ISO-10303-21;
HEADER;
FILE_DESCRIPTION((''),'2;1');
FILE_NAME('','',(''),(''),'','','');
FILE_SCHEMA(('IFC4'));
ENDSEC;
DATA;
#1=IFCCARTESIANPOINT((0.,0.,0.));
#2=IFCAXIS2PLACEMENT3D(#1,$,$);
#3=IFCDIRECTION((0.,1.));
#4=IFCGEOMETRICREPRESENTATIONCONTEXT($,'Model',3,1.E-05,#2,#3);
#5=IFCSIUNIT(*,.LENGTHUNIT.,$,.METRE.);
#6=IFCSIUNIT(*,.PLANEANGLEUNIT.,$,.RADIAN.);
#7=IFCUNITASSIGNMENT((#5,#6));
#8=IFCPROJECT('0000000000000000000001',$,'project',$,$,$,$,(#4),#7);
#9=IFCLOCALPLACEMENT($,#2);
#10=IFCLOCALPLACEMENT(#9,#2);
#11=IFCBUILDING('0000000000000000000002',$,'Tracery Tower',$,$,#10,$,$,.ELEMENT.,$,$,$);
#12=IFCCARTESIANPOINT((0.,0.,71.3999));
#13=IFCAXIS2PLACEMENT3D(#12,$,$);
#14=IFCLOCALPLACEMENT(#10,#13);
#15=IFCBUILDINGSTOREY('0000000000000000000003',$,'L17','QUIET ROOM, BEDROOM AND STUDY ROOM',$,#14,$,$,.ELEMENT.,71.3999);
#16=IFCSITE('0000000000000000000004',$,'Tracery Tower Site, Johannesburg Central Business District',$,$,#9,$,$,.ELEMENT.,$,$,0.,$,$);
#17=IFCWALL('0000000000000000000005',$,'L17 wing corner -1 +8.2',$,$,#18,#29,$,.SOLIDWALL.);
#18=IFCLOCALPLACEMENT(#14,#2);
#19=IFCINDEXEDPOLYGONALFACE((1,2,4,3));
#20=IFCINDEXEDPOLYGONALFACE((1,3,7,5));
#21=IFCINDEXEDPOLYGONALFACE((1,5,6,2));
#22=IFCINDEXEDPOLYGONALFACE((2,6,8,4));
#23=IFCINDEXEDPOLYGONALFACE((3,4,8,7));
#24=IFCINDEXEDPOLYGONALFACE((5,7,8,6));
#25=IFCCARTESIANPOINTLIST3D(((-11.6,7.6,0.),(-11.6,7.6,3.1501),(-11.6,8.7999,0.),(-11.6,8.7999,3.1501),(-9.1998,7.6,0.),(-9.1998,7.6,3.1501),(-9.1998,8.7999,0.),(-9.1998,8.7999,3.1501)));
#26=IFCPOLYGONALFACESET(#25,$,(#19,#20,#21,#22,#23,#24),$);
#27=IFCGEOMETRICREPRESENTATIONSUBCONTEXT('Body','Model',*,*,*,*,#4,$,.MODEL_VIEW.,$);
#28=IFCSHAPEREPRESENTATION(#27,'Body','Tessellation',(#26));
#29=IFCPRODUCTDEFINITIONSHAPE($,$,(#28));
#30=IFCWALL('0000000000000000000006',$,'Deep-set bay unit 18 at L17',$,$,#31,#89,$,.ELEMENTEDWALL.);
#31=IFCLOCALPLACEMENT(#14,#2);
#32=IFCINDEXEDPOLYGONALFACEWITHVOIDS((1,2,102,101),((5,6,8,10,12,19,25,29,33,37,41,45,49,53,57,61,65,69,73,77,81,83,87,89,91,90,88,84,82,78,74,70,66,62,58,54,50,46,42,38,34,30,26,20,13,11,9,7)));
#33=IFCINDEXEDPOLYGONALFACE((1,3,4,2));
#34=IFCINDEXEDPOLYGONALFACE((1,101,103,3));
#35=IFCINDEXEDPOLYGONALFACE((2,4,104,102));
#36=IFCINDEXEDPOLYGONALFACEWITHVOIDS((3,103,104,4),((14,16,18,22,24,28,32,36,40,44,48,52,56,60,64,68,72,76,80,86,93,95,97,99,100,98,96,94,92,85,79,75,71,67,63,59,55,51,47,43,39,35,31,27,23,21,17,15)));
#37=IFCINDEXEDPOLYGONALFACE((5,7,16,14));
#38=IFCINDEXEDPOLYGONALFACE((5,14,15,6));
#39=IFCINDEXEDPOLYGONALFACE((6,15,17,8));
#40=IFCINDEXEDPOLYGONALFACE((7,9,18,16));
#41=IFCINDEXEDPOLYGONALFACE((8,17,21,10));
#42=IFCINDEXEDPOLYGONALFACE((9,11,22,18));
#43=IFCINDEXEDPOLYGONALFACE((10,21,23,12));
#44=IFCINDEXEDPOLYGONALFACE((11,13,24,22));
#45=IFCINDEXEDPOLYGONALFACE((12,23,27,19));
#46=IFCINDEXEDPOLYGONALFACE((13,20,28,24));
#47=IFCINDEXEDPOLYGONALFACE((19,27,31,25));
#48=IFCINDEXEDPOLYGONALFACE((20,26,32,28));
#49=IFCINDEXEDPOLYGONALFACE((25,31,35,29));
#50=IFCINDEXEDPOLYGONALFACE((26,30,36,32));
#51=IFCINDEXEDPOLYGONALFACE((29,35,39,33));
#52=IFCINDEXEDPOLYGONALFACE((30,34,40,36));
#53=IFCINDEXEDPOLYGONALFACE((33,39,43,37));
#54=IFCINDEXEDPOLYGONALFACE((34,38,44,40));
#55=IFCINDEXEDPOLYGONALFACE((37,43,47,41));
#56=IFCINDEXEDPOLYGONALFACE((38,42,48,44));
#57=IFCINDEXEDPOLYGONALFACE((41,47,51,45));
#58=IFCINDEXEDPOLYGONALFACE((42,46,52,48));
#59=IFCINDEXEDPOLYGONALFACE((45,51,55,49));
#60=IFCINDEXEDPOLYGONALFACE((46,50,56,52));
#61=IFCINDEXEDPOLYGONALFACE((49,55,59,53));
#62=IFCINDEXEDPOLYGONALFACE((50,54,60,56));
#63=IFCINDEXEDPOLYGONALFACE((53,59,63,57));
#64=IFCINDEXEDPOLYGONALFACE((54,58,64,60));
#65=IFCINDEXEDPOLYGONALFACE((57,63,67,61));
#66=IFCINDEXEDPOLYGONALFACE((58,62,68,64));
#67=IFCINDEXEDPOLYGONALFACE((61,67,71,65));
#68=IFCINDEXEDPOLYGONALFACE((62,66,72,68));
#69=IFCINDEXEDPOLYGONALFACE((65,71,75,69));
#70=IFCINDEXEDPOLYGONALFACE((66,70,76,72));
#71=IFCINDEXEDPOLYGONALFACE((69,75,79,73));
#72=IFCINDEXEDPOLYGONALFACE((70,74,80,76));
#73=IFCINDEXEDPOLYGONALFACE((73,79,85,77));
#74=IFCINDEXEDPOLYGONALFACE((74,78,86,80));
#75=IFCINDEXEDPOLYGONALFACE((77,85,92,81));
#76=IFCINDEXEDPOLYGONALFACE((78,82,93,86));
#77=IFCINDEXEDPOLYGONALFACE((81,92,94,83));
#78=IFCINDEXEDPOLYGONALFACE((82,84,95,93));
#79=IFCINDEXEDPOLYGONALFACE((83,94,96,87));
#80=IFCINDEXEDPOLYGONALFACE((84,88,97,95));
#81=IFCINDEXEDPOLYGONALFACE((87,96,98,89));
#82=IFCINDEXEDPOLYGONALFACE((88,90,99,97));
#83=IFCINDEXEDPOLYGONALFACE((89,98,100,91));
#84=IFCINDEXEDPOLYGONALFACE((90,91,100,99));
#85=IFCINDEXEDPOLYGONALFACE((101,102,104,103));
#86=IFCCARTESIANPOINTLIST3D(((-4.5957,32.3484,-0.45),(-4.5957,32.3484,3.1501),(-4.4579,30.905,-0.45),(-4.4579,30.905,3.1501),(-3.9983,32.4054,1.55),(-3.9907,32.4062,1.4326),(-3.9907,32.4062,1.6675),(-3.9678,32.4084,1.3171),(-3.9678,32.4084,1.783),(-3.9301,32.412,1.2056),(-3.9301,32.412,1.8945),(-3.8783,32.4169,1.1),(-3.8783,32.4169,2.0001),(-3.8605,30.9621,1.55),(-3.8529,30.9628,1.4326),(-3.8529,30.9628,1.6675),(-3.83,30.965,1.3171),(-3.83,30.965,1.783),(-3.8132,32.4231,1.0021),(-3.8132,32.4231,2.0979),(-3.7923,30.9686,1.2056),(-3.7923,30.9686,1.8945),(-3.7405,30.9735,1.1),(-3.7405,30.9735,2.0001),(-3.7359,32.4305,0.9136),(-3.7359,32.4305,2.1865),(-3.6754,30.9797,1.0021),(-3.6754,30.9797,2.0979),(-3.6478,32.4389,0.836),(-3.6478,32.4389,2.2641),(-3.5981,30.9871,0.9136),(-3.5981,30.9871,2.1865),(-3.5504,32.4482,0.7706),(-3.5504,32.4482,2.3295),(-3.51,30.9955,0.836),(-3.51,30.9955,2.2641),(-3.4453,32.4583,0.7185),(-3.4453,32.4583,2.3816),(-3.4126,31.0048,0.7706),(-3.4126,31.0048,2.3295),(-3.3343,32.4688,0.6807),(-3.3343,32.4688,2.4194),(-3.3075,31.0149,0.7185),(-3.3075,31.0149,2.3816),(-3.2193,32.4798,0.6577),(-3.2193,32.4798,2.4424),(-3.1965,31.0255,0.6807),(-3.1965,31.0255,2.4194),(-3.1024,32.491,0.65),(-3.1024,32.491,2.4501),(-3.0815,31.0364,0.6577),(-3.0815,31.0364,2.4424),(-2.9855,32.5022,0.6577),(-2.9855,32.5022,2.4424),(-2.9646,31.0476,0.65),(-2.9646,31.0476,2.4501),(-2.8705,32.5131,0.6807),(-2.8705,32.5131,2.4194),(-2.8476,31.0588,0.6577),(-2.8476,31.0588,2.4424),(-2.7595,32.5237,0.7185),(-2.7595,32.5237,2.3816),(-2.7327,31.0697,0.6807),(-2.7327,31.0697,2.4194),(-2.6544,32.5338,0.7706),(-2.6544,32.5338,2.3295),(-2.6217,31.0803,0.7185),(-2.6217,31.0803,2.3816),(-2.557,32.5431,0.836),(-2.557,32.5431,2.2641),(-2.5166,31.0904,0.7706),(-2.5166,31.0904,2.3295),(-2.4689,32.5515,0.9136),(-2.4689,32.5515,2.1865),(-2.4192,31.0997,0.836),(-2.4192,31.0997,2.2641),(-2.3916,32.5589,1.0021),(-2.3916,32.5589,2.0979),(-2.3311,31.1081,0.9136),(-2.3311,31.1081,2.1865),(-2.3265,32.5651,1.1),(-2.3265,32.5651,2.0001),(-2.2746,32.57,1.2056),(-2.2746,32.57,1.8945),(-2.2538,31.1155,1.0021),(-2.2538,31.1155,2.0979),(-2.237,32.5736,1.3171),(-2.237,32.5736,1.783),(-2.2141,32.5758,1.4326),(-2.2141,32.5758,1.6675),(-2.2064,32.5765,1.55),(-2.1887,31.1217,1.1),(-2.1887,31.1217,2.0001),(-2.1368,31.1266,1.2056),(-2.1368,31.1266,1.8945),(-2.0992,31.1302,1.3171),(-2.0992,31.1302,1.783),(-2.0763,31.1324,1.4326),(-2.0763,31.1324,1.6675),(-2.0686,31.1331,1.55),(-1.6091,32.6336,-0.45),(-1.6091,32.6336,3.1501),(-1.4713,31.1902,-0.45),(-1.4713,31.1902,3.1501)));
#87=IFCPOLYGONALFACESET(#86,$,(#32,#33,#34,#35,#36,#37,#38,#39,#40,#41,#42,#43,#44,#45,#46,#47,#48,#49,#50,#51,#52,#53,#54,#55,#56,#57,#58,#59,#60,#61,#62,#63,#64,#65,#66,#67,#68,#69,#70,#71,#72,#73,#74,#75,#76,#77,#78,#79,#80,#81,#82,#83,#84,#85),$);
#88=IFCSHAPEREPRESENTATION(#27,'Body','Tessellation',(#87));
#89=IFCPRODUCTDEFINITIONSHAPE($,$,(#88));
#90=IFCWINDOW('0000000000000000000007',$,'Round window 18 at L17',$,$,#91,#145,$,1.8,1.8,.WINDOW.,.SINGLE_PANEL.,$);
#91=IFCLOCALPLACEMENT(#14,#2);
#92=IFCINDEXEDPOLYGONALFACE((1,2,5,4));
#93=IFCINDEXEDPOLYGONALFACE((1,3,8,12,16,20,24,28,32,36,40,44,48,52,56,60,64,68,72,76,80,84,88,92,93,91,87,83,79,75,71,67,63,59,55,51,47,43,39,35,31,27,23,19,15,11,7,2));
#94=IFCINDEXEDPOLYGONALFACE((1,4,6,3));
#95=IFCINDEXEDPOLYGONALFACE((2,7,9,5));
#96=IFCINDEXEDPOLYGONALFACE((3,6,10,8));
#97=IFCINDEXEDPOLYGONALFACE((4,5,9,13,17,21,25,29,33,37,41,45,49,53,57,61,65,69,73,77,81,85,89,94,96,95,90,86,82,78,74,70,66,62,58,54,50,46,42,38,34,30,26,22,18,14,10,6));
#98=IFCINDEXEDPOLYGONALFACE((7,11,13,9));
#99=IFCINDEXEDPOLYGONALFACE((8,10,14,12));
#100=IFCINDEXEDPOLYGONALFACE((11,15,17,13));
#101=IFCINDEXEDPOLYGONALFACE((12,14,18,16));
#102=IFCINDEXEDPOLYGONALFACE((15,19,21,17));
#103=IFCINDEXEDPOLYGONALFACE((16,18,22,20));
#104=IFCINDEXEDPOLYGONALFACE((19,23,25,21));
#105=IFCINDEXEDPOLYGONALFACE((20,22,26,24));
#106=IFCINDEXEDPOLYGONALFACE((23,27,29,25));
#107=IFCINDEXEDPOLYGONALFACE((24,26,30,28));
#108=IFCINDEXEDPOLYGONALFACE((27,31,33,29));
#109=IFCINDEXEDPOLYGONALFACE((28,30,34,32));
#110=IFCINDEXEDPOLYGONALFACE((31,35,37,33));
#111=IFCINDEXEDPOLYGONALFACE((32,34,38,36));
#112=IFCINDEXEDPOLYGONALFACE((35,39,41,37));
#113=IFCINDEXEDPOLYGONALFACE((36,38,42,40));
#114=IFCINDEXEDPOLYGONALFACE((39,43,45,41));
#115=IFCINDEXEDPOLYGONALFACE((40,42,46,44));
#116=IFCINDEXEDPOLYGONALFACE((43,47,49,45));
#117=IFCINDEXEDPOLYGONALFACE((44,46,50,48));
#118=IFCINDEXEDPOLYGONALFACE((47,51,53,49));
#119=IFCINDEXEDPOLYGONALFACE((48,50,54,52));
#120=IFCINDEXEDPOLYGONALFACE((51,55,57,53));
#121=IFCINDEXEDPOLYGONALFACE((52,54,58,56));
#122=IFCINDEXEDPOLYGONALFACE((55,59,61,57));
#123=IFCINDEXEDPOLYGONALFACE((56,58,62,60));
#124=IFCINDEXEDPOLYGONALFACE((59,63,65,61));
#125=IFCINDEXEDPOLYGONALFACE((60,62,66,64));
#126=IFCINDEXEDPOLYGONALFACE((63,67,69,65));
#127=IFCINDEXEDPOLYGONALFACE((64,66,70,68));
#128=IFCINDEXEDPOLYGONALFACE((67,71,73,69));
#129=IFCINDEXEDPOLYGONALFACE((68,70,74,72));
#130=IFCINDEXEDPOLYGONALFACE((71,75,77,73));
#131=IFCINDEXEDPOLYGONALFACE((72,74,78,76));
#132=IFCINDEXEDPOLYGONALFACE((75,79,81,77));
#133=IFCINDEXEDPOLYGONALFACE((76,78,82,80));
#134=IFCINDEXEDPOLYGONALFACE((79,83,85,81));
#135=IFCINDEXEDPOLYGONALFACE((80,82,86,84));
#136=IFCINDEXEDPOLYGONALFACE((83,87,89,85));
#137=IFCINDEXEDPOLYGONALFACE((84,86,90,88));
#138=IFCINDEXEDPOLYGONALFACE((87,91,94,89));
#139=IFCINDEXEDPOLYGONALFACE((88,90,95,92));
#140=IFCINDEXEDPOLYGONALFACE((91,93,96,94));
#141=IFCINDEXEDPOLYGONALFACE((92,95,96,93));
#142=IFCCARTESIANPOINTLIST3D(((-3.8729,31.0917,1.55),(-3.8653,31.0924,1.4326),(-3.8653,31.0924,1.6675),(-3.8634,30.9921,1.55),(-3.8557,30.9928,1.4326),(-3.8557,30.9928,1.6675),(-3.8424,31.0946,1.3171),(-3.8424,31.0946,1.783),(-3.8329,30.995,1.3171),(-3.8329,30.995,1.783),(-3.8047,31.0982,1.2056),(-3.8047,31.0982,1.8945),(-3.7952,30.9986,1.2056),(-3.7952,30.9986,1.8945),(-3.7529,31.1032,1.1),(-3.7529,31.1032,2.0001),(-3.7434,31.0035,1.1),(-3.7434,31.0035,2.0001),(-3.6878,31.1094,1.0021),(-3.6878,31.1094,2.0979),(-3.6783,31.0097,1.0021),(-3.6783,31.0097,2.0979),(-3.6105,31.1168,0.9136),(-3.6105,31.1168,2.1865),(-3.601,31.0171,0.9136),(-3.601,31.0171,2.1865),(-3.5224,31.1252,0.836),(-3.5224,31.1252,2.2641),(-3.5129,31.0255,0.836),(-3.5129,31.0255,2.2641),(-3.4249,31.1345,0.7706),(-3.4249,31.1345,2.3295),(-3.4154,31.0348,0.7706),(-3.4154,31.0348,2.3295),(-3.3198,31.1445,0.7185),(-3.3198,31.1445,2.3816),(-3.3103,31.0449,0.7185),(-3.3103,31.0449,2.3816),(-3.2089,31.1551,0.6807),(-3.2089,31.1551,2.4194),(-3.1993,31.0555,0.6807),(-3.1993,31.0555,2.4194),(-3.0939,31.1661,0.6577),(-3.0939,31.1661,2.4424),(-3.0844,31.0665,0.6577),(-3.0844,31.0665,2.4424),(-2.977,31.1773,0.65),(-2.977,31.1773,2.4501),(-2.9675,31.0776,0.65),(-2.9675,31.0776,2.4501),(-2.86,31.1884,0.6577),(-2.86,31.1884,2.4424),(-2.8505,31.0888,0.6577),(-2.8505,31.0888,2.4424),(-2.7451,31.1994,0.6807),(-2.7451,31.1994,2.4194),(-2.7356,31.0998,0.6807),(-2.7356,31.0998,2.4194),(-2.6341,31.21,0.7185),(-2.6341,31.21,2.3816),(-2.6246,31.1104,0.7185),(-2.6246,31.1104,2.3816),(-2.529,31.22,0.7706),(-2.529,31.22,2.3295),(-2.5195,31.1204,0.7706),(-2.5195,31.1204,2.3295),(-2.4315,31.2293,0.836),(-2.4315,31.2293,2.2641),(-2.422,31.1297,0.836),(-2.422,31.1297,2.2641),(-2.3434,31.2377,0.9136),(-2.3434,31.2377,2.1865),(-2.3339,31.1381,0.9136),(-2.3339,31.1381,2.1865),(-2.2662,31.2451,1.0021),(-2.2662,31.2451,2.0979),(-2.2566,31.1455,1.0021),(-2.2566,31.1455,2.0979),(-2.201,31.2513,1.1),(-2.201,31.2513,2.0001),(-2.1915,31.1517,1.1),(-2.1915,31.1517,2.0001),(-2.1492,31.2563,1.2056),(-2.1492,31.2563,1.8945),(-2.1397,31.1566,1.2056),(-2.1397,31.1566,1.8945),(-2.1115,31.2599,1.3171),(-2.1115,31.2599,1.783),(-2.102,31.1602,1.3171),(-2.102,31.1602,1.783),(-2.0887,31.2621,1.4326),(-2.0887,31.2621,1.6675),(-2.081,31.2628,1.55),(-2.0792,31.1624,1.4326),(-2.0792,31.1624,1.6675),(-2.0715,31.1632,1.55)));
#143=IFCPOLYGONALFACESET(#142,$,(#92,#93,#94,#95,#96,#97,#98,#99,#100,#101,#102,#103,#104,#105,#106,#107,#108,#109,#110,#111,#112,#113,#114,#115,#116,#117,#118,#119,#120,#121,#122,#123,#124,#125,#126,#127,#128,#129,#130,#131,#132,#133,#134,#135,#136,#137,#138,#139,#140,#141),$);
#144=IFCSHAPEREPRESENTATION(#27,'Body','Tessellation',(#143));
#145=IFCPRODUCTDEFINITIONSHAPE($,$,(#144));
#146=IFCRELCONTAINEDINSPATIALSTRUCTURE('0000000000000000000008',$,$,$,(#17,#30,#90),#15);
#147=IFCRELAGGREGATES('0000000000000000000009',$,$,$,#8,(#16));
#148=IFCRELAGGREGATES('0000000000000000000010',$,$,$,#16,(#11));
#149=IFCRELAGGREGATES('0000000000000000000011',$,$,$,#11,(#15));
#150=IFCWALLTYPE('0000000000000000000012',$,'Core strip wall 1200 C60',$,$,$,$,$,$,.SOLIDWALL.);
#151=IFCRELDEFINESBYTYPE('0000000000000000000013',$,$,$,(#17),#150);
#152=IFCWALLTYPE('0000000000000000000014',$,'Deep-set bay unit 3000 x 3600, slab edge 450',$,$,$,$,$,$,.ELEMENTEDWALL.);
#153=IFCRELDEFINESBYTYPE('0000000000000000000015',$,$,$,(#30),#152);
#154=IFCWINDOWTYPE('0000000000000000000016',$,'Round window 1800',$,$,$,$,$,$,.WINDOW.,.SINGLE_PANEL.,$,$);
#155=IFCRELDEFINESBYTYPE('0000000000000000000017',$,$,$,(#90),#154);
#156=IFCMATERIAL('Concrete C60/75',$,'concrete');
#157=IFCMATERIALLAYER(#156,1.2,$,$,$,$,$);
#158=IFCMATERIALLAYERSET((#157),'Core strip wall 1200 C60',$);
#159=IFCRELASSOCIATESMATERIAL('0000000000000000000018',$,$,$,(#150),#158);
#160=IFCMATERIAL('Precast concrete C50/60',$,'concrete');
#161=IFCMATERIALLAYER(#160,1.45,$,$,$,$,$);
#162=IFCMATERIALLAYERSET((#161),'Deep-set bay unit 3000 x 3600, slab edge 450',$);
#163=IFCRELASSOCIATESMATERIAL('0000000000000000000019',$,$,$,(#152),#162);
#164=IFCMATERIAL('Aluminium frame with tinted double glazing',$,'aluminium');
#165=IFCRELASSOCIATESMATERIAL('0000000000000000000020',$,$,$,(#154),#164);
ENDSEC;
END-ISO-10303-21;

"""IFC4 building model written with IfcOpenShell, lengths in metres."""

from ifc_helpers import new_model, si_unit, direction, frame, frame_2d, origin, origin_2d, place, context, subcontext, project, spatial, rectangle, circle, extrude, material, layer, layer_set, type_object, element, fill, save


model = new_model("IFC4")

# Units and contexts
model_context = context("Model", 3, precision=1e-05, world=origin(), true_north=direction((0.0, 1.0)))
body_context = subcontext(model_context, "Body", "Model", "MODEL_VIEW")
ifc_project = project(units=[si_unit("LENGTHUNIT", "METRE"), si_unit("PLANEANGLEUNIT", "RADIAN")], contexts=[model_context])

# Site, building, storey
site_placement = place(None, origin())
site = spatial("IfcSite", under=ifc_project, at=site_placement, Name="Tracery Tower Site, Johannesburg Central Business District", CompositionType="ELEMENT", RefElevation=0.0)
building_placement = place(site_placement, origin())
building = spatial("IfcBuilding", under=site, at=building_placement, Name="Tracery Tower", CompositionType="ELEMENT")
storey_placement = place(building_placement, frame((0.0, 0.0, 71.3999)))
storey = spatial("IfcBuildingStorey", under=building, at=storey_placement, Name="L17", Description="QUIET ROOM, BEDROOM AND STUDY ROOM", CompositionType="ELEMENT", Elevation=71.3999)

# Wall
ifc_material_1 = material(Name="Concrete C60/75", Category="concrete")
ifc_layer_1 = layer(ifc_material_1, 1.2)
ifc_layer_set_1 = layer_set([ifc_layer_1], Name="Core strip wall 1200 C60")
wall_type_1 = type_object("IfcWallType", Name="Core strip wall 1200 C60", PredefinedType="SOLIDWALL", material=ifc_layer_set_1)
wall_1_placement = place(storey_placement, frame((-11.6001, 8.2, 0.0), z_axis=(0.0, 0.0, 1.0), x_axis=(1.0, 0.0, 0.0)))
element("IfcWall", 1, at=wall_1_placement, inside=storey, type_object=wall_type_1, Name="L17 wing corner -1 +8.2", PredefinedType="SOLIDWALL", context=body_context, shape_type="SweptSolid", body=[
    extrude(rectangle(XDim=2.4001, YDim=1.2, at=frame_2d((1.2002, 0.0))), origin(), (0.0, 0.0, 1.0), 3.1501),
])

# Wall, opening, window
ifc_material_2 = material(Name="Precast concrete C50/60", Category="concrete")
ifc_layer_2 = layer(ifc_material_2, 1.45)
ifc_layer_set_2 = layer_set([ifc_layer_2], Name="Deep-set bay unit 3000 x 3600, slab edge 450")
wall_type_2 = type_object("IfcWallType", Name="Deep-set bay unit 3000 x 3600, slab edge 450", PredefinedType="ELEMENTEDWALL", material=ifc_layer_set_2)
wall_2_placement = place(storey_placement, frame((-1.5403, 31.9119, -0.45), z_axis=(0.0, 0.0, 1.0), x_axis=(-0.995473, -0.095047, 0.0)))
wall_2 = element("IfcWall", 2, at=wall_2_placement, inside=storey, type_object=wall_type_2, Name="Deep-set bay unit 18 at L17", PredefinedType="ELEMENTEDWALL", context=body_context, shape_type="SweptSolid", body=[
    extrude(rectangle(XDim=3.0002, YDim=1.45, at=frame_2d((1.5, 0.0))), origin(), (0.0, 0.0, 1.0), 3.6001),
])
opening_1_placement = place(wall_2_placement, frame((1.5, 0.0, 2.0)))
opening_1 = element("IfcOpeningElement", 3, at=opening_1_placement, cuts=wall_2, PredefinedType="OPENING", context=body_context, shape_type="SweptSolid", body=[
    extrude(circle(Radius=0.9, at=origin_2d()), frame((0.0, 0.7349, 0.0), z_axis=(0.0, -1.0, 0.0), x_axis=(1.0, 0.0, 0.0)), (0.0, 0.0, 1.0), 1.47),
])
ifc_material_3 = material(Name="Aluminium frame with tinted double glazing", Category="aluminium")
window_type = type_object("IfcWindowType", Name="Round window 1800", PartitioningType="SINGLE_PANEL", PredefinedType="WINDOW", material=ifc_material_3)
window_1_placement = place(opening_1_placement, origin())
window_1 = element("IfcWindow", 4, at=window_1_placement, inside=storey, type_object=window_type, Name="Round window 18 at L17", OverallHeight=1.8, OverallWidth=1.8, PartitioningType="SINGLE_PANEL", PredefinedType="WINDOW", context=body_context, shape_type="SweptSolid", body=[
    extrude(circle(Radius=0.9, at=origin_2d()), frame((0.0, 0.6948, 0.0), z_axis=(0.0, -1.0, 0.0), x_axis=(1.0, 0.0, 0.0)), (0.0, 0.0, 1.0), 0.1001),
])
fill(opening_1, window_1)

save(model, "model.ifc")
